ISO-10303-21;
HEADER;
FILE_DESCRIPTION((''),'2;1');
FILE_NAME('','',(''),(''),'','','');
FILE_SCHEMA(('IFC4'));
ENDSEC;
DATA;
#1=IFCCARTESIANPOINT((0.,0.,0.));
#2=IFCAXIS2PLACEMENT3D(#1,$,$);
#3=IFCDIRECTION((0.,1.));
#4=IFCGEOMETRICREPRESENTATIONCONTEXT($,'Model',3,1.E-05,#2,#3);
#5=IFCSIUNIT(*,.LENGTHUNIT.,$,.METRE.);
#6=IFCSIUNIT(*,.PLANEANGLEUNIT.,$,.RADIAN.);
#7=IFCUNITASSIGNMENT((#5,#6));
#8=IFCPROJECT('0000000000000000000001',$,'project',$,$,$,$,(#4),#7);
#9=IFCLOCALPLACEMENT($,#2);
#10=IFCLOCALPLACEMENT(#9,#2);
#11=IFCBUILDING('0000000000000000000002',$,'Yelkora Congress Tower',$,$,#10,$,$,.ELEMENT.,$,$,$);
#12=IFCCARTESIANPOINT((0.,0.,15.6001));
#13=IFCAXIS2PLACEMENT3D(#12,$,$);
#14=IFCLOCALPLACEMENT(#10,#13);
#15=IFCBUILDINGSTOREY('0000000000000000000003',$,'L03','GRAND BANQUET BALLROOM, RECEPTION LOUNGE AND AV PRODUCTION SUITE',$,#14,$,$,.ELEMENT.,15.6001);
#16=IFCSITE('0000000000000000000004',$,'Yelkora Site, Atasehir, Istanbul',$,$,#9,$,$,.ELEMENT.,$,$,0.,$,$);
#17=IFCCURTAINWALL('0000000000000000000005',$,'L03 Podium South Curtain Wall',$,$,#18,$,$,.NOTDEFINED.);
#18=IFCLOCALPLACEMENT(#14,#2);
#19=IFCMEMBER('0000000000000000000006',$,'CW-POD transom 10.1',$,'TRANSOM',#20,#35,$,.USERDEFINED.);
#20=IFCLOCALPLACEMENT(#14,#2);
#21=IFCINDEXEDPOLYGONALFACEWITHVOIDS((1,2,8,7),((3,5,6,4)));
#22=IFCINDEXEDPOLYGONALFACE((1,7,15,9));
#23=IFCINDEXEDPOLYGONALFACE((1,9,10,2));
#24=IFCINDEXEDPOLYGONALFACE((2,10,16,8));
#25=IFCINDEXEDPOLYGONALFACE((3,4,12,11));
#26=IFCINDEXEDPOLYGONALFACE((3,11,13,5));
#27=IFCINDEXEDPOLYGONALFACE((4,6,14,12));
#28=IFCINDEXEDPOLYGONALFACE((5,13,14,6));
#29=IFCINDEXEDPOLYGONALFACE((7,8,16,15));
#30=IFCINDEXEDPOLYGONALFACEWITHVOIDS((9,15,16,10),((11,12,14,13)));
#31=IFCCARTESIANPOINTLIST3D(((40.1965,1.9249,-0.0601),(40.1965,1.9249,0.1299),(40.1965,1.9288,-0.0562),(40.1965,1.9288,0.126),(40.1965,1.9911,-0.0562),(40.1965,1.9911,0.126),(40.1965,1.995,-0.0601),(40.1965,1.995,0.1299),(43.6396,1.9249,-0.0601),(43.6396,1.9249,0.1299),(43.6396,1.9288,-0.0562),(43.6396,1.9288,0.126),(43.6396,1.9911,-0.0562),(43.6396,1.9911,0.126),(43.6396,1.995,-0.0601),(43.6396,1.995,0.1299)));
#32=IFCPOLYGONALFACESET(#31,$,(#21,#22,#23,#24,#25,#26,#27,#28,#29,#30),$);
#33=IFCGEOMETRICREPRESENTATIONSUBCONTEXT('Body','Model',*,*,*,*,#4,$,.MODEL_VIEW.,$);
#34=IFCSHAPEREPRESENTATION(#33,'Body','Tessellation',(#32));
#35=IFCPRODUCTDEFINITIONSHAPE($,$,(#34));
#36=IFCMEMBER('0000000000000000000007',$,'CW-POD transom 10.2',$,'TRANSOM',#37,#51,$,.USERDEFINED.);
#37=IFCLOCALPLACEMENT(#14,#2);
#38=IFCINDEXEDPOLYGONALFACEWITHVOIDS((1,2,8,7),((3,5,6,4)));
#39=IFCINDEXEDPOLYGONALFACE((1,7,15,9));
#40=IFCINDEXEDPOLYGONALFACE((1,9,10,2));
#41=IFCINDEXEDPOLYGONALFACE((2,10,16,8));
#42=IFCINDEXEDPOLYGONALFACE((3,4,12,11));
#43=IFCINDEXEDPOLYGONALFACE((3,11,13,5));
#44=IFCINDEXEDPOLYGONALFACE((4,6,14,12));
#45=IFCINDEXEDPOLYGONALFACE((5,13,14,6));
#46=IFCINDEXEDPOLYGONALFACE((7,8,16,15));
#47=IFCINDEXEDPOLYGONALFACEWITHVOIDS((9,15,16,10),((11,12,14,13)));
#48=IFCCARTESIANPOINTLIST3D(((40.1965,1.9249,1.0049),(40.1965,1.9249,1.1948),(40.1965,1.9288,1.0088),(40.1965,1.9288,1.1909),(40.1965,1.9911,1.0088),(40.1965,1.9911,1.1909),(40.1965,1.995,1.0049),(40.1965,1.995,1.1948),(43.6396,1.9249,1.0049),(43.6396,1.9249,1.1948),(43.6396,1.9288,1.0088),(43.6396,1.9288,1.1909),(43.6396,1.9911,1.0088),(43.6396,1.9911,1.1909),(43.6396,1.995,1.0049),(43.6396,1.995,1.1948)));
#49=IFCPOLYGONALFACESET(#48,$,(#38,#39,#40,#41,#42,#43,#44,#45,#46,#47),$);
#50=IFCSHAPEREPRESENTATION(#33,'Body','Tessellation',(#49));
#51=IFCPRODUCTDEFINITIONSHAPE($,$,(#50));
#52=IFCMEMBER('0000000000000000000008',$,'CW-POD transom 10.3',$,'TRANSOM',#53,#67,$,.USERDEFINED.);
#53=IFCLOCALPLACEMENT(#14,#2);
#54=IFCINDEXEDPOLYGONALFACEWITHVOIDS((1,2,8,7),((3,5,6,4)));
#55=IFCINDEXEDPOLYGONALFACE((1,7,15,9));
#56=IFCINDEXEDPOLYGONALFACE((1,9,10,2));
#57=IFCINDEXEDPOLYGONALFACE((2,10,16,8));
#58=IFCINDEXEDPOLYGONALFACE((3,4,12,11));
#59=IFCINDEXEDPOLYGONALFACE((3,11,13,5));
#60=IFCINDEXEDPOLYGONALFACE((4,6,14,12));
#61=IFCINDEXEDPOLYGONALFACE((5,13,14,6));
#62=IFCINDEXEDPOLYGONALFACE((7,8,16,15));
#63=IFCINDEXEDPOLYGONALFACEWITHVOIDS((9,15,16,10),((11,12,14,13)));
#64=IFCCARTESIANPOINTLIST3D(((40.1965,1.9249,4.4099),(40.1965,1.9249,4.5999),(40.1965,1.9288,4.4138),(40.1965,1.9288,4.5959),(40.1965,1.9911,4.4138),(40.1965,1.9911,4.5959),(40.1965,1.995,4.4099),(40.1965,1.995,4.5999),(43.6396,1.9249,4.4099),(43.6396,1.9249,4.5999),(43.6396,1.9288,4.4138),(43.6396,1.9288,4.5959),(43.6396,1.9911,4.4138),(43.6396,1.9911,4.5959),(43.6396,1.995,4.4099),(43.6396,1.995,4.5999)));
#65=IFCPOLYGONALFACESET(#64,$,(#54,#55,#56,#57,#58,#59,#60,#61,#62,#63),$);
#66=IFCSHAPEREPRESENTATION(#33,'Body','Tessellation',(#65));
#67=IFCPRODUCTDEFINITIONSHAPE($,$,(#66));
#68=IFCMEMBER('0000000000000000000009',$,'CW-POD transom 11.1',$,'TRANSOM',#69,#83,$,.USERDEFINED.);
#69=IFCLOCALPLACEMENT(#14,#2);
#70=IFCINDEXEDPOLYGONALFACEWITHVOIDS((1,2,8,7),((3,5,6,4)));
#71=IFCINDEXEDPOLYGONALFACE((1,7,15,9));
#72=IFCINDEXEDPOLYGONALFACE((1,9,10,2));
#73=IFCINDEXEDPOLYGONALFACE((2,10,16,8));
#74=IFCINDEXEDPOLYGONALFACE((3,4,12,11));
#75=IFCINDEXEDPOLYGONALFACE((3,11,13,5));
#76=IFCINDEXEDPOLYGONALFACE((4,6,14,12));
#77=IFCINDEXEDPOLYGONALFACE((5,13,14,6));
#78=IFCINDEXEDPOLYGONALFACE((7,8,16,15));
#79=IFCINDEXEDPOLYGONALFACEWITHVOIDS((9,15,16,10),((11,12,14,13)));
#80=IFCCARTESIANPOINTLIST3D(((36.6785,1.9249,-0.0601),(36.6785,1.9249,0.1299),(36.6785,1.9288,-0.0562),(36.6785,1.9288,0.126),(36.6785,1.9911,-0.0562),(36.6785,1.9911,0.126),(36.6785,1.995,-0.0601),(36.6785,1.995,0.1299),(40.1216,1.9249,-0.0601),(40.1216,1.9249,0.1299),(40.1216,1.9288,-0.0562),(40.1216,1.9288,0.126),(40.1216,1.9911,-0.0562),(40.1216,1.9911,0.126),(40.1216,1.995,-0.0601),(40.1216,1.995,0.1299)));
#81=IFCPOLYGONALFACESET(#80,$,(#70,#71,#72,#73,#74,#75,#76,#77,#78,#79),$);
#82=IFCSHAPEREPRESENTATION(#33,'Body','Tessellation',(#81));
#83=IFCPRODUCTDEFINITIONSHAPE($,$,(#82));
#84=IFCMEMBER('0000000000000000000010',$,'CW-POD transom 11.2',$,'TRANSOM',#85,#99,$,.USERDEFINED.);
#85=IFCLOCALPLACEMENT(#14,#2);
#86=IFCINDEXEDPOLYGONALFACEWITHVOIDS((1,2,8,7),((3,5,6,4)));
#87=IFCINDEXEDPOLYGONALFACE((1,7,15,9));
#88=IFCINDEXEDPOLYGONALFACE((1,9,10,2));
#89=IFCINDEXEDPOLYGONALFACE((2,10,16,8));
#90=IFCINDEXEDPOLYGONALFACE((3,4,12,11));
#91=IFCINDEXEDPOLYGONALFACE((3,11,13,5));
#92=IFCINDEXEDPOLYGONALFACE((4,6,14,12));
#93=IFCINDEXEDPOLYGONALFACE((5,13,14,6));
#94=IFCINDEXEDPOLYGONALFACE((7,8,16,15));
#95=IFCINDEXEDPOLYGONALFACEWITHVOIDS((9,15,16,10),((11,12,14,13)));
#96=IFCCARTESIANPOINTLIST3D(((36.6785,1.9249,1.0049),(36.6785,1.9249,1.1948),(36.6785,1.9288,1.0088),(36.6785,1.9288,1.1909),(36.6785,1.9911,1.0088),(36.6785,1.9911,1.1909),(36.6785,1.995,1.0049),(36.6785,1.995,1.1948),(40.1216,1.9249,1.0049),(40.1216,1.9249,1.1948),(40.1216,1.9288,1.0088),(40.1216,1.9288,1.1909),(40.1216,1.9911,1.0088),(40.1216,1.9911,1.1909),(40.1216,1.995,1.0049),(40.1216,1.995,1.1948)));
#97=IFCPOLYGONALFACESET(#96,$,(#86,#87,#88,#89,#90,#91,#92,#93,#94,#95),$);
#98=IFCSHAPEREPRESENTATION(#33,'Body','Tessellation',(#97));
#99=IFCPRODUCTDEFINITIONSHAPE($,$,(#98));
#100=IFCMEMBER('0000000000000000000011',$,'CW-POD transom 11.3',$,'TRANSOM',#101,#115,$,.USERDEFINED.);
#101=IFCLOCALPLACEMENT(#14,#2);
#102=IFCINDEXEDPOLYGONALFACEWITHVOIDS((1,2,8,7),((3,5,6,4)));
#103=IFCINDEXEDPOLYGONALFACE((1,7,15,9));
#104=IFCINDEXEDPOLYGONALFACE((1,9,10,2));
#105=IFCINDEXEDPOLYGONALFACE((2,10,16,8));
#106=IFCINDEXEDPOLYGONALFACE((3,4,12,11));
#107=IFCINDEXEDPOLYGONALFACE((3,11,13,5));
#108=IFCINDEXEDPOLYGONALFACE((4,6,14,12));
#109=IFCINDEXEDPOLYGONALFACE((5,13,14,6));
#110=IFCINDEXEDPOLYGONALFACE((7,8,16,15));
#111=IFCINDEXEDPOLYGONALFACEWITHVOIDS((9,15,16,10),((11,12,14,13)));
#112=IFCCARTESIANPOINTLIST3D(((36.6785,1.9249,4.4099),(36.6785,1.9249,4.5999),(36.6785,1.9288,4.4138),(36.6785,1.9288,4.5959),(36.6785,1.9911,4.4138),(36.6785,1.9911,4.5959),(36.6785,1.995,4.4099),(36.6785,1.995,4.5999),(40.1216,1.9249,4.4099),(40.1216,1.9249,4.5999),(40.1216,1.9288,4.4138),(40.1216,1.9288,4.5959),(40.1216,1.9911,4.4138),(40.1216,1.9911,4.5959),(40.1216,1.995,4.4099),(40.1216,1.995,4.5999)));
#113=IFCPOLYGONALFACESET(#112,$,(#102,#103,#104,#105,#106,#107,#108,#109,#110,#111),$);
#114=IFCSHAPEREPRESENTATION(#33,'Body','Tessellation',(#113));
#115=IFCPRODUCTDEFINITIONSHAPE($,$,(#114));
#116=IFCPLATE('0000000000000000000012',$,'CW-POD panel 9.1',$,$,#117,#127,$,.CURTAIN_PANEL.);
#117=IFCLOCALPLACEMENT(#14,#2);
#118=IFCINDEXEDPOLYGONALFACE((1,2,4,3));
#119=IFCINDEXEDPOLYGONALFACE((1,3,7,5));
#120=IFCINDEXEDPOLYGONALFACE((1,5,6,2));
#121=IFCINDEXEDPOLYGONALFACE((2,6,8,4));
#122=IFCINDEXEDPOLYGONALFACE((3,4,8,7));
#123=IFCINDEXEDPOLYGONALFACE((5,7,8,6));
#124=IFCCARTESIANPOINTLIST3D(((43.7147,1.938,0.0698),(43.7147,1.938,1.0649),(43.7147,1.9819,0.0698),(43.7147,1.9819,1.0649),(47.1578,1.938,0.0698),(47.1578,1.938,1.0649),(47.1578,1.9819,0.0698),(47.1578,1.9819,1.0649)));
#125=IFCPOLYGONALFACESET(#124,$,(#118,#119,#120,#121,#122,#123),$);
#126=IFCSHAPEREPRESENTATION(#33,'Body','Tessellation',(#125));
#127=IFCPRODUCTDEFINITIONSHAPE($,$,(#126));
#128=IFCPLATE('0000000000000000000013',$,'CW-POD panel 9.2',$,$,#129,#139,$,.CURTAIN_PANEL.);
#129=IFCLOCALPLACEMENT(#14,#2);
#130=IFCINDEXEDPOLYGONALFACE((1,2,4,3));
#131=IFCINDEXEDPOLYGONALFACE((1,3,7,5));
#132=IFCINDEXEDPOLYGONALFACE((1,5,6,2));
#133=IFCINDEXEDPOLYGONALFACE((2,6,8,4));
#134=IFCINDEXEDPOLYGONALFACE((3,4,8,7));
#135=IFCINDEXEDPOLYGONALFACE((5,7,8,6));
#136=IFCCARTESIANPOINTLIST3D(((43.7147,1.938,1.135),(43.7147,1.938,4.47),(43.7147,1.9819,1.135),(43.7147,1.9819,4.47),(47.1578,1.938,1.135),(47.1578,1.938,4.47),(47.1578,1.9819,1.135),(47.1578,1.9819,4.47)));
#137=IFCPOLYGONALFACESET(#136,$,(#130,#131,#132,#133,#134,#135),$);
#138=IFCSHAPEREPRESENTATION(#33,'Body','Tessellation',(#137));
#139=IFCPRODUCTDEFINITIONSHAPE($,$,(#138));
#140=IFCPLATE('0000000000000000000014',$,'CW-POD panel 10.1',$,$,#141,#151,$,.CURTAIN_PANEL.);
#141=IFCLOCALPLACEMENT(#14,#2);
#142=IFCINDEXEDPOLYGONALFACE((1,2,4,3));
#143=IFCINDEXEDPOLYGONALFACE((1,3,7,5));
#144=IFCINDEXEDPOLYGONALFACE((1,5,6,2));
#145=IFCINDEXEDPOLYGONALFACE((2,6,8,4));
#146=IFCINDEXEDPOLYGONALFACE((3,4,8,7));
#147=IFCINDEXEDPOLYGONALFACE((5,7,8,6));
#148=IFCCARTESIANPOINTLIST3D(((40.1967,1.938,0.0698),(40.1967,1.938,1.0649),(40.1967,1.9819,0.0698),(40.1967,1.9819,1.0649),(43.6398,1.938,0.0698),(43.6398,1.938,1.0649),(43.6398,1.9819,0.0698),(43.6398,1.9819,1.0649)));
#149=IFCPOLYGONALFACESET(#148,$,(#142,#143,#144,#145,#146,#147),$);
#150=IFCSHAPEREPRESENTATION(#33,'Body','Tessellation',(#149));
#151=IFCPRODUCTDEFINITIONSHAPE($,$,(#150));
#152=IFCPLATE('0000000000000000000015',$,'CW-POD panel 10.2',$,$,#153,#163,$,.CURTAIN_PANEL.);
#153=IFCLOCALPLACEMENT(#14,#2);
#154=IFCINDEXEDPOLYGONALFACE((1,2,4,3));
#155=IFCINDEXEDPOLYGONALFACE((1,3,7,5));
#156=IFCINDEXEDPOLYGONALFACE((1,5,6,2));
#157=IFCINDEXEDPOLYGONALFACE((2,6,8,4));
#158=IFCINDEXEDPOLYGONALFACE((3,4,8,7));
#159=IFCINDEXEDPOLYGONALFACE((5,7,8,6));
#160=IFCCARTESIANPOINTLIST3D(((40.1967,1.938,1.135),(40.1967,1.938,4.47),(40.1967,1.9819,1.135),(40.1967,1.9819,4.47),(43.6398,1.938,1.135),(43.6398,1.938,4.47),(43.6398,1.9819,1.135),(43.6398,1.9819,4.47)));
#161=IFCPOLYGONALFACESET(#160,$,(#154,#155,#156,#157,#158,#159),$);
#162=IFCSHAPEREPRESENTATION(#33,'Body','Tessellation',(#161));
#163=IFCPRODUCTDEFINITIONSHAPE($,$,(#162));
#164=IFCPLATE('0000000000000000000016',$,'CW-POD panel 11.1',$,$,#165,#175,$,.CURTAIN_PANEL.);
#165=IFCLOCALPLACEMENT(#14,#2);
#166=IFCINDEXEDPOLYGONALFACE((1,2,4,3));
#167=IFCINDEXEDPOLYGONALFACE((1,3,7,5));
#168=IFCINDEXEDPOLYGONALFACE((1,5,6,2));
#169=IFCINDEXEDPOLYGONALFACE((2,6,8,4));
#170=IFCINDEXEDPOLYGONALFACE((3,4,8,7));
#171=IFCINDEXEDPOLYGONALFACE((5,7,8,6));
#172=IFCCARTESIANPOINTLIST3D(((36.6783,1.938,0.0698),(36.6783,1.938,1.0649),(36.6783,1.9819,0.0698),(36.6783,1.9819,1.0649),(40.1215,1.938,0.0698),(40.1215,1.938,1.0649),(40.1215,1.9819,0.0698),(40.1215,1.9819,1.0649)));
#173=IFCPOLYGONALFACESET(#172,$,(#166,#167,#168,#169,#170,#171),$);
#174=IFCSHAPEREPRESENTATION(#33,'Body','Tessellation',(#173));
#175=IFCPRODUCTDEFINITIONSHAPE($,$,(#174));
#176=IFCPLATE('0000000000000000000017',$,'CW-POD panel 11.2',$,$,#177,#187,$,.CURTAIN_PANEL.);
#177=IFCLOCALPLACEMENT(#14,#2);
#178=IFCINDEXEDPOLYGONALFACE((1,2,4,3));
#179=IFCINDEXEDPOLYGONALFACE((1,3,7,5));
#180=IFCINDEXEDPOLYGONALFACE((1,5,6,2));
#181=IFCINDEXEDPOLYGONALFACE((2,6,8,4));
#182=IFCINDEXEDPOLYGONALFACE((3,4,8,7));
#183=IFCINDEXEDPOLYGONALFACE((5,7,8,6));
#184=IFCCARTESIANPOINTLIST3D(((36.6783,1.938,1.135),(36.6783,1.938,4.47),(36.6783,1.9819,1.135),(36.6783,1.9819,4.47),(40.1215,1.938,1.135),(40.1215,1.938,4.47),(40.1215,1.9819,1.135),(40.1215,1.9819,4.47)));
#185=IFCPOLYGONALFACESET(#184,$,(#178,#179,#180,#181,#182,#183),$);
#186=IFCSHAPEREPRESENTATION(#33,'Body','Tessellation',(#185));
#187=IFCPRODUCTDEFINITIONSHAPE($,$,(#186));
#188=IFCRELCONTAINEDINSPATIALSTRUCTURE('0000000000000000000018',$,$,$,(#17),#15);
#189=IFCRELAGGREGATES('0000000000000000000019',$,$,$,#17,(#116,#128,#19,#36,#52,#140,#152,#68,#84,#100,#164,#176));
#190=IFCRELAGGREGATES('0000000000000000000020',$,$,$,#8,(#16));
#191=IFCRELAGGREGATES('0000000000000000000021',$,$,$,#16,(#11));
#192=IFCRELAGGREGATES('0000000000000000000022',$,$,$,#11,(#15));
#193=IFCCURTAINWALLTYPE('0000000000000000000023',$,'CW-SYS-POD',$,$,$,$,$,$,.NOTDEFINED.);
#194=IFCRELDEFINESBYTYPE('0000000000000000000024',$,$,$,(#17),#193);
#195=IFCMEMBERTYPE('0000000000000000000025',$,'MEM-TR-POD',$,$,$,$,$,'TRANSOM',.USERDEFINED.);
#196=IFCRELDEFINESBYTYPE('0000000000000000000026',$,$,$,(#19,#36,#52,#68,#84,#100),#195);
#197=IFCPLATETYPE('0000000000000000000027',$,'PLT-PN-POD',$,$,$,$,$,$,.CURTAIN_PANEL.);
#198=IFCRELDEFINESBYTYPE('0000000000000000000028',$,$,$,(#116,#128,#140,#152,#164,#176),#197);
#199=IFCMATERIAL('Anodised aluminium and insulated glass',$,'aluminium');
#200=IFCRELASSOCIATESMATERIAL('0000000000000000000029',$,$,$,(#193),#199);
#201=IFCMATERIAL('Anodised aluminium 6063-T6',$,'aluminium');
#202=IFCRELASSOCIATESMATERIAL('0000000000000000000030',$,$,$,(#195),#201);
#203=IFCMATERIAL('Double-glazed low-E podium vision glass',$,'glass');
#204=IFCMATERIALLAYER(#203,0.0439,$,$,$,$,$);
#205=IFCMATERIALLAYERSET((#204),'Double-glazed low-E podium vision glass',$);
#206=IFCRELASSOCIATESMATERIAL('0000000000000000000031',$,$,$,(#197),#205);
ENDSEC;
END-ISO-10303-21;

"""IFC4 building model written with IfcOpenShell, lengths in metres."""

from ifc_helpers import new_model, si_unit, direction, frame, origin, origin_2d, place, context, subcontext, project, spatial, rectangle, hollow_rectangle, extrude, material, layer, layer_set, material_profile, profile_set, type_object, element, aggregate, save


model = new_model("IFC4")

# Units and contexts
model_context = context("Model", 3, precision=1e-05, world=origin(), true_north=direction((0.0, 1.0)))
body_context = subcontext(model_context, "Body", "Model", "MODEL_VIEW")
ifc_project = project(units=[si_unit("LENGTHUNIT", "METRE"), si_unit("PLANEANGLEUNIT", "RADIAN")], contexts=[model_context])

# Site, building, storey
site_placement = place(None, origin())
site = spatial("IfcSite", under=ifc_project, at=site_placement, Name="Yelkora Site, Atasehir, Istanbul", CompositionType="ELEMENT", RefElevation=0.0)
building_placement = place(site_placement, origin())
building = spatial("IfcBuilding", under=site, at=building_placement, Name="Yelkora Congress Tower", CompositionType="ELEMENT")
storey_placement = place(building_placement, frame((0.0, 0.0, 15.6001)))
storey = spatial("IfcBuildingStorey", under=building, at=storey_placement, Name="L03", Description="GRAND BANQUET BALLROOM, RECEPTION LOUNGE AND AV PRODUCTION SUITE", CompositionType="ELEMENT", Elevation=15.6001)

# Curtain wall, members, plates
ifc_material_1 = material(Name="Anodised aluminium and insulated glass", Category="aluminium")
curtain_wall_type = type_object("IfcCurtainWallType", Name="CW-SYS-POD", PredefinedType="NOTDEFINED", material=ifc_material_1)
curtain_wall_placement = place(storey_placement, origin())
curtain_wall = element("IfcCurtainWall", 1, at=curtain_wall_placement, inside=storey, type_object=curtain_wall_type, Name="L03 Podium South Curtain Wall", PredefinedType="NOTDEFINED")
ifc_material_2 = material(Name="Anodised aluminium 6063-T6", Category="aluminium")
ifc_material_profile_1 = material_profile(ifc_material_2, hollow_rectangle(XDim=0.0701, YDim=0.1899, WallThickness=0.0039, at=origin_2d()), Name="ALU 70x190x4")
ifc_profile_set_1 = profile_set([ifc_material_profile_1], Name="Anodised aluminium 6063-T6")
member_type_1 = type_object("IfcMemberType", Name="MEM-TR-POD", ElementType="TRANSOM", PredefinedType="USERDEFINED", material=ifc_profile_set_1)
member_1_placement = place(storey_placement, frame((43.6396, 1.96, 0.0349), z_axis=(-1.0, 0.0, 0.0), x_axis=(0.0, -1.0, 0.0)))
member_1 = element("IfcMember", 2, at=member_1_placement, type_object=member_type_1, Name="CW-POD transom 10.1", ObjectType="TRANSOM", PredefinedType="USERDEFINED", context=body_context, shape_type="SweptSolid", body=[
    extrude(hollow_rectangle(XDim=0.0701, YDim=0.1899, WallThickness=0.0039, at=origin_2d()), origin(), (0.0, 0.0, 1.0), 3.4431),
])
member_2_placement = place(storey_placement, frame((43.6396, 1.96, 1.0999), z_axis=(-1.0, 0.0, 0.0), x_axis=(0.0, -1.0, 0.0)))
member_2 = element("IfcMember", 3, at=member_2_placement, type_object=member_type_1, Name="CW-POD transom 10.2", ObjectType="TRANSOM", PredefinedType="USERDEFINED", context=body_context, shape_type="SweptSolid", body=[
    extrude(hollow_rectangle(XDim=0.0701, YDim=0.1899, WallThickness=0.0039, at=origin_2d()), origin(), (0.0, 0.0, 1.0), 3.4431),
])
member_3_placement = place(storey_placement, frame((43.6396, 1.96, 4.5049), z_axis=(-1.0, 0.0, 0.0), x_axis=(0.0, -1.0, 0.0)))
member_3 = element("IfcMember", 4, at=member_3_placement, type_object=member_type_1, Name="CW-POD transom 10.3", ObjectType="TRANSOM", PredefinedType="USERDEFINED", context=body_context, shape_type="SweptSolid", body=[
    extrude(hollow_rectangle(XDim=0.0701, YDim=0.1899, WallThickness=0.0039, at=origin_2d()), origin(), (0.0, 0.0, 1.0), 3.4431),
])
member_4_placement = place(storey_placement, frame((40.1216, 1.96, 0.0349), z_axis=(-1.0, 0.0, 0.0), x_axis=(0.0, -1.0, 0.0)))
member_4 = element("IfcMember", 5, at=member_4_placement, type_object=member_type_1, Name="CW-POD transom 11.1", ObjectType="TRANSOM", PredefinedType="USERDEFINED", context=body_context, shape_type="SweptSolid", body=[
    extrude(hollow_rectangle(XDim=0.0701, YDim=0.1899, WallThickness=0.0039, at=origin_2d()), origin(), (0.0, 0.0, 1.0), 3.4431),
])
member_5_placement = place(storey_placement, frame((40.1216, 1.96, 1.0999), z_axis=(-1.0, 0.0, 0.0), x_axis=(0.0, -1.0, 0.0)))
member_5 = element("IfcMember", 6, at=member_5_placement, type_object=member_type_1, Name="CW-POD transom 11.2", ObjectType="TRANSOM", PredefinedType="USERDEFINED", context=body_context, shape_type="SweptSolid", body=[
    extrude(hollow_rectangle(XDim=0.0701, YDim=0.1899, WallThickness=0.0039, at=origin_2d()), origin(), (0.0, 0.0, 1.0), 3.4431),
])
member_6_placement = place(storey_placement, frame((40.1216, 1.96, 4.5049), z_axis=(-1.0, 0.0, 0.0), x_axis=(0.0, -1.0, 0.0)))
member_6 = element("IfcMember", 7, at=member_6_placement, type_object=member_type_1, Name="CW-POD transom 11.3", ObjectType="TRANSOM", PredefinedType="USERDEFINED", context=body_context, shape_type="SweptSolid", body=[
    extrude(hollow_rectangle(XDim=0.0701, YDim=0.1899, WallThickness=0.0039, at=origin_2d()), origin(), (0.0, 0.0, 1.0), 3.4431),
])
ifc_material_3 = material(Name="Double-glazed low-E podium vision glass", Category="glass")
ifc_layer = layer(ifc_material_3, 0.0439)
ifc_layer_set = layer_set([ifc_layer], Name="Double-glazed low-E podium vision glass")
plate_type = type_object("IfcPlateType", Name="PLT-PN-POD", PredefinedType="CURTAIN_PANEL", material=ifc_layer_set)
plate_1_placement = place(storey_placement, frame((45.4363, 1.96, 0.0698), z_axis=(0.0, 0.0, 1.0), x_axis=(-1.0, 0.0, 0.0)))
plate_1 = element("IfcPlate", 8, at=plate_1_placement, type_object=plate_type, Name="CW-POD panel 9.1", PredefinedType="CURTAIN_PANEL", context=body_context, shape_type="SweptSolid", body=[
    extrude(rectangle(XDim=3.4431, YDim=0.0439, at=origin_2d()), origin(), (0.0, 0.0, 1.0), 0.9951),
])
plate_2_placement = place(storey_placement, frame((45.4363, 1.96, 1.135), z_axis=(0.0, 0.0, 1.0), x_axis=(-1.0, 0.0, 0.0)))
plate_2 = element("IfcPlate", 9, at=plate_2_placement, type_object=plate_type, Name="CW-POD panel 9.2", PredefinedType="CURTAIN_PANEL", context=body_context, shape_type="SweptSolid", body=[
    extrude(rectangle(XDim=3.4431, YDim=0.0439, at=origin_2d()), origin(), (0.0, 0.0, 1.0), 3.335),
])
plate_3_placement = place(storey_placement, frame((41.9182, 1.96, 0.0698), z_axis=(0.0, 0.0, 1.0), x_axis=(-1.0, 0.0, 0.0)))
plate_3 = element("IfcPlate", 10, at=plate_3_placement, type_object=plate_type, Name="CW-POD panel 10.1", PredefinedType="CURTAIN_PANEL", context=body_context, shape_type="SweptSolid", body=[
    extrude(rectangle(XDim=3.4431, YDim=0.0439, at=origin_2d()), origin(), (0.0, 0.0, 1.0), 0.9951),
])
plate_4_placement = place(storey_placement, frame((41.9182, 1.96, 1.135), z_axis=(0.0, 0.0, 1.0), x_axis=(-1.0, 0.0, 0.0)))
plate_4 = element("IfcPlate", 11, at=plate_4_placement, type_object=plate_type, Name="CW-POD panel 10.2", PredefinedType="CURTAIN_PANEL", context=body_context, shape_type="SweptSolid", body=[
    extrude(rectangle(XDim=3.4431, YDim=0.0439, at=origin_2d()), origin(), (0.0, 0.0, 1.0), 3.335),
])
plate_5_placement = place(storey_placement, frame((38.3999, 1.96, 0.0698), z_axis=(0.0, 0.0, 1.0), x_axis=(-1.0, 0.0, 0.0)))
plate_5 = element("IfcPlate", 12, at=plate_5_placement, type_object=plate_type, Name="CW-POD panel 11.1", PredefinedType="CURTAIN_PANEL", context=body_context, shape_type="SweptSolid", body=[
    extrude(rectangle(XDim=3.4431, YDim=0.0439, at=origin_2d()), origin(), (0.0, 0.0, 1.0), 0.9951),
])
plate_6_placement = place(storey_placement, frame((38.3999, 1.96, 1.135), z_axis=(0.0, 0.0, 1.0), x_axis=(-1.0, 0.0, 0.0)))
plate_6 = element("IfcPlate", 13, at=plate_6_placement, type_object=plate_type, Name="CW-POD panel 11.2", PredefinedType="CURTAIN_PANEL", context=body_context, shape_type="SweptSolid", body=[
    extrude(rectangle(XDim=3.4431, YDim=0.0439, at=origin_2d()), origin(), (0.0, 0.0, 1.0), 3.335),
])
aggregate(curtain_wall, [plate_1, plate_2, member_1, member_2, member_3, plate_3, plate_4, member_4, member_5, member_6, plate_5, plate_6])

save(model, "model.ifc")
